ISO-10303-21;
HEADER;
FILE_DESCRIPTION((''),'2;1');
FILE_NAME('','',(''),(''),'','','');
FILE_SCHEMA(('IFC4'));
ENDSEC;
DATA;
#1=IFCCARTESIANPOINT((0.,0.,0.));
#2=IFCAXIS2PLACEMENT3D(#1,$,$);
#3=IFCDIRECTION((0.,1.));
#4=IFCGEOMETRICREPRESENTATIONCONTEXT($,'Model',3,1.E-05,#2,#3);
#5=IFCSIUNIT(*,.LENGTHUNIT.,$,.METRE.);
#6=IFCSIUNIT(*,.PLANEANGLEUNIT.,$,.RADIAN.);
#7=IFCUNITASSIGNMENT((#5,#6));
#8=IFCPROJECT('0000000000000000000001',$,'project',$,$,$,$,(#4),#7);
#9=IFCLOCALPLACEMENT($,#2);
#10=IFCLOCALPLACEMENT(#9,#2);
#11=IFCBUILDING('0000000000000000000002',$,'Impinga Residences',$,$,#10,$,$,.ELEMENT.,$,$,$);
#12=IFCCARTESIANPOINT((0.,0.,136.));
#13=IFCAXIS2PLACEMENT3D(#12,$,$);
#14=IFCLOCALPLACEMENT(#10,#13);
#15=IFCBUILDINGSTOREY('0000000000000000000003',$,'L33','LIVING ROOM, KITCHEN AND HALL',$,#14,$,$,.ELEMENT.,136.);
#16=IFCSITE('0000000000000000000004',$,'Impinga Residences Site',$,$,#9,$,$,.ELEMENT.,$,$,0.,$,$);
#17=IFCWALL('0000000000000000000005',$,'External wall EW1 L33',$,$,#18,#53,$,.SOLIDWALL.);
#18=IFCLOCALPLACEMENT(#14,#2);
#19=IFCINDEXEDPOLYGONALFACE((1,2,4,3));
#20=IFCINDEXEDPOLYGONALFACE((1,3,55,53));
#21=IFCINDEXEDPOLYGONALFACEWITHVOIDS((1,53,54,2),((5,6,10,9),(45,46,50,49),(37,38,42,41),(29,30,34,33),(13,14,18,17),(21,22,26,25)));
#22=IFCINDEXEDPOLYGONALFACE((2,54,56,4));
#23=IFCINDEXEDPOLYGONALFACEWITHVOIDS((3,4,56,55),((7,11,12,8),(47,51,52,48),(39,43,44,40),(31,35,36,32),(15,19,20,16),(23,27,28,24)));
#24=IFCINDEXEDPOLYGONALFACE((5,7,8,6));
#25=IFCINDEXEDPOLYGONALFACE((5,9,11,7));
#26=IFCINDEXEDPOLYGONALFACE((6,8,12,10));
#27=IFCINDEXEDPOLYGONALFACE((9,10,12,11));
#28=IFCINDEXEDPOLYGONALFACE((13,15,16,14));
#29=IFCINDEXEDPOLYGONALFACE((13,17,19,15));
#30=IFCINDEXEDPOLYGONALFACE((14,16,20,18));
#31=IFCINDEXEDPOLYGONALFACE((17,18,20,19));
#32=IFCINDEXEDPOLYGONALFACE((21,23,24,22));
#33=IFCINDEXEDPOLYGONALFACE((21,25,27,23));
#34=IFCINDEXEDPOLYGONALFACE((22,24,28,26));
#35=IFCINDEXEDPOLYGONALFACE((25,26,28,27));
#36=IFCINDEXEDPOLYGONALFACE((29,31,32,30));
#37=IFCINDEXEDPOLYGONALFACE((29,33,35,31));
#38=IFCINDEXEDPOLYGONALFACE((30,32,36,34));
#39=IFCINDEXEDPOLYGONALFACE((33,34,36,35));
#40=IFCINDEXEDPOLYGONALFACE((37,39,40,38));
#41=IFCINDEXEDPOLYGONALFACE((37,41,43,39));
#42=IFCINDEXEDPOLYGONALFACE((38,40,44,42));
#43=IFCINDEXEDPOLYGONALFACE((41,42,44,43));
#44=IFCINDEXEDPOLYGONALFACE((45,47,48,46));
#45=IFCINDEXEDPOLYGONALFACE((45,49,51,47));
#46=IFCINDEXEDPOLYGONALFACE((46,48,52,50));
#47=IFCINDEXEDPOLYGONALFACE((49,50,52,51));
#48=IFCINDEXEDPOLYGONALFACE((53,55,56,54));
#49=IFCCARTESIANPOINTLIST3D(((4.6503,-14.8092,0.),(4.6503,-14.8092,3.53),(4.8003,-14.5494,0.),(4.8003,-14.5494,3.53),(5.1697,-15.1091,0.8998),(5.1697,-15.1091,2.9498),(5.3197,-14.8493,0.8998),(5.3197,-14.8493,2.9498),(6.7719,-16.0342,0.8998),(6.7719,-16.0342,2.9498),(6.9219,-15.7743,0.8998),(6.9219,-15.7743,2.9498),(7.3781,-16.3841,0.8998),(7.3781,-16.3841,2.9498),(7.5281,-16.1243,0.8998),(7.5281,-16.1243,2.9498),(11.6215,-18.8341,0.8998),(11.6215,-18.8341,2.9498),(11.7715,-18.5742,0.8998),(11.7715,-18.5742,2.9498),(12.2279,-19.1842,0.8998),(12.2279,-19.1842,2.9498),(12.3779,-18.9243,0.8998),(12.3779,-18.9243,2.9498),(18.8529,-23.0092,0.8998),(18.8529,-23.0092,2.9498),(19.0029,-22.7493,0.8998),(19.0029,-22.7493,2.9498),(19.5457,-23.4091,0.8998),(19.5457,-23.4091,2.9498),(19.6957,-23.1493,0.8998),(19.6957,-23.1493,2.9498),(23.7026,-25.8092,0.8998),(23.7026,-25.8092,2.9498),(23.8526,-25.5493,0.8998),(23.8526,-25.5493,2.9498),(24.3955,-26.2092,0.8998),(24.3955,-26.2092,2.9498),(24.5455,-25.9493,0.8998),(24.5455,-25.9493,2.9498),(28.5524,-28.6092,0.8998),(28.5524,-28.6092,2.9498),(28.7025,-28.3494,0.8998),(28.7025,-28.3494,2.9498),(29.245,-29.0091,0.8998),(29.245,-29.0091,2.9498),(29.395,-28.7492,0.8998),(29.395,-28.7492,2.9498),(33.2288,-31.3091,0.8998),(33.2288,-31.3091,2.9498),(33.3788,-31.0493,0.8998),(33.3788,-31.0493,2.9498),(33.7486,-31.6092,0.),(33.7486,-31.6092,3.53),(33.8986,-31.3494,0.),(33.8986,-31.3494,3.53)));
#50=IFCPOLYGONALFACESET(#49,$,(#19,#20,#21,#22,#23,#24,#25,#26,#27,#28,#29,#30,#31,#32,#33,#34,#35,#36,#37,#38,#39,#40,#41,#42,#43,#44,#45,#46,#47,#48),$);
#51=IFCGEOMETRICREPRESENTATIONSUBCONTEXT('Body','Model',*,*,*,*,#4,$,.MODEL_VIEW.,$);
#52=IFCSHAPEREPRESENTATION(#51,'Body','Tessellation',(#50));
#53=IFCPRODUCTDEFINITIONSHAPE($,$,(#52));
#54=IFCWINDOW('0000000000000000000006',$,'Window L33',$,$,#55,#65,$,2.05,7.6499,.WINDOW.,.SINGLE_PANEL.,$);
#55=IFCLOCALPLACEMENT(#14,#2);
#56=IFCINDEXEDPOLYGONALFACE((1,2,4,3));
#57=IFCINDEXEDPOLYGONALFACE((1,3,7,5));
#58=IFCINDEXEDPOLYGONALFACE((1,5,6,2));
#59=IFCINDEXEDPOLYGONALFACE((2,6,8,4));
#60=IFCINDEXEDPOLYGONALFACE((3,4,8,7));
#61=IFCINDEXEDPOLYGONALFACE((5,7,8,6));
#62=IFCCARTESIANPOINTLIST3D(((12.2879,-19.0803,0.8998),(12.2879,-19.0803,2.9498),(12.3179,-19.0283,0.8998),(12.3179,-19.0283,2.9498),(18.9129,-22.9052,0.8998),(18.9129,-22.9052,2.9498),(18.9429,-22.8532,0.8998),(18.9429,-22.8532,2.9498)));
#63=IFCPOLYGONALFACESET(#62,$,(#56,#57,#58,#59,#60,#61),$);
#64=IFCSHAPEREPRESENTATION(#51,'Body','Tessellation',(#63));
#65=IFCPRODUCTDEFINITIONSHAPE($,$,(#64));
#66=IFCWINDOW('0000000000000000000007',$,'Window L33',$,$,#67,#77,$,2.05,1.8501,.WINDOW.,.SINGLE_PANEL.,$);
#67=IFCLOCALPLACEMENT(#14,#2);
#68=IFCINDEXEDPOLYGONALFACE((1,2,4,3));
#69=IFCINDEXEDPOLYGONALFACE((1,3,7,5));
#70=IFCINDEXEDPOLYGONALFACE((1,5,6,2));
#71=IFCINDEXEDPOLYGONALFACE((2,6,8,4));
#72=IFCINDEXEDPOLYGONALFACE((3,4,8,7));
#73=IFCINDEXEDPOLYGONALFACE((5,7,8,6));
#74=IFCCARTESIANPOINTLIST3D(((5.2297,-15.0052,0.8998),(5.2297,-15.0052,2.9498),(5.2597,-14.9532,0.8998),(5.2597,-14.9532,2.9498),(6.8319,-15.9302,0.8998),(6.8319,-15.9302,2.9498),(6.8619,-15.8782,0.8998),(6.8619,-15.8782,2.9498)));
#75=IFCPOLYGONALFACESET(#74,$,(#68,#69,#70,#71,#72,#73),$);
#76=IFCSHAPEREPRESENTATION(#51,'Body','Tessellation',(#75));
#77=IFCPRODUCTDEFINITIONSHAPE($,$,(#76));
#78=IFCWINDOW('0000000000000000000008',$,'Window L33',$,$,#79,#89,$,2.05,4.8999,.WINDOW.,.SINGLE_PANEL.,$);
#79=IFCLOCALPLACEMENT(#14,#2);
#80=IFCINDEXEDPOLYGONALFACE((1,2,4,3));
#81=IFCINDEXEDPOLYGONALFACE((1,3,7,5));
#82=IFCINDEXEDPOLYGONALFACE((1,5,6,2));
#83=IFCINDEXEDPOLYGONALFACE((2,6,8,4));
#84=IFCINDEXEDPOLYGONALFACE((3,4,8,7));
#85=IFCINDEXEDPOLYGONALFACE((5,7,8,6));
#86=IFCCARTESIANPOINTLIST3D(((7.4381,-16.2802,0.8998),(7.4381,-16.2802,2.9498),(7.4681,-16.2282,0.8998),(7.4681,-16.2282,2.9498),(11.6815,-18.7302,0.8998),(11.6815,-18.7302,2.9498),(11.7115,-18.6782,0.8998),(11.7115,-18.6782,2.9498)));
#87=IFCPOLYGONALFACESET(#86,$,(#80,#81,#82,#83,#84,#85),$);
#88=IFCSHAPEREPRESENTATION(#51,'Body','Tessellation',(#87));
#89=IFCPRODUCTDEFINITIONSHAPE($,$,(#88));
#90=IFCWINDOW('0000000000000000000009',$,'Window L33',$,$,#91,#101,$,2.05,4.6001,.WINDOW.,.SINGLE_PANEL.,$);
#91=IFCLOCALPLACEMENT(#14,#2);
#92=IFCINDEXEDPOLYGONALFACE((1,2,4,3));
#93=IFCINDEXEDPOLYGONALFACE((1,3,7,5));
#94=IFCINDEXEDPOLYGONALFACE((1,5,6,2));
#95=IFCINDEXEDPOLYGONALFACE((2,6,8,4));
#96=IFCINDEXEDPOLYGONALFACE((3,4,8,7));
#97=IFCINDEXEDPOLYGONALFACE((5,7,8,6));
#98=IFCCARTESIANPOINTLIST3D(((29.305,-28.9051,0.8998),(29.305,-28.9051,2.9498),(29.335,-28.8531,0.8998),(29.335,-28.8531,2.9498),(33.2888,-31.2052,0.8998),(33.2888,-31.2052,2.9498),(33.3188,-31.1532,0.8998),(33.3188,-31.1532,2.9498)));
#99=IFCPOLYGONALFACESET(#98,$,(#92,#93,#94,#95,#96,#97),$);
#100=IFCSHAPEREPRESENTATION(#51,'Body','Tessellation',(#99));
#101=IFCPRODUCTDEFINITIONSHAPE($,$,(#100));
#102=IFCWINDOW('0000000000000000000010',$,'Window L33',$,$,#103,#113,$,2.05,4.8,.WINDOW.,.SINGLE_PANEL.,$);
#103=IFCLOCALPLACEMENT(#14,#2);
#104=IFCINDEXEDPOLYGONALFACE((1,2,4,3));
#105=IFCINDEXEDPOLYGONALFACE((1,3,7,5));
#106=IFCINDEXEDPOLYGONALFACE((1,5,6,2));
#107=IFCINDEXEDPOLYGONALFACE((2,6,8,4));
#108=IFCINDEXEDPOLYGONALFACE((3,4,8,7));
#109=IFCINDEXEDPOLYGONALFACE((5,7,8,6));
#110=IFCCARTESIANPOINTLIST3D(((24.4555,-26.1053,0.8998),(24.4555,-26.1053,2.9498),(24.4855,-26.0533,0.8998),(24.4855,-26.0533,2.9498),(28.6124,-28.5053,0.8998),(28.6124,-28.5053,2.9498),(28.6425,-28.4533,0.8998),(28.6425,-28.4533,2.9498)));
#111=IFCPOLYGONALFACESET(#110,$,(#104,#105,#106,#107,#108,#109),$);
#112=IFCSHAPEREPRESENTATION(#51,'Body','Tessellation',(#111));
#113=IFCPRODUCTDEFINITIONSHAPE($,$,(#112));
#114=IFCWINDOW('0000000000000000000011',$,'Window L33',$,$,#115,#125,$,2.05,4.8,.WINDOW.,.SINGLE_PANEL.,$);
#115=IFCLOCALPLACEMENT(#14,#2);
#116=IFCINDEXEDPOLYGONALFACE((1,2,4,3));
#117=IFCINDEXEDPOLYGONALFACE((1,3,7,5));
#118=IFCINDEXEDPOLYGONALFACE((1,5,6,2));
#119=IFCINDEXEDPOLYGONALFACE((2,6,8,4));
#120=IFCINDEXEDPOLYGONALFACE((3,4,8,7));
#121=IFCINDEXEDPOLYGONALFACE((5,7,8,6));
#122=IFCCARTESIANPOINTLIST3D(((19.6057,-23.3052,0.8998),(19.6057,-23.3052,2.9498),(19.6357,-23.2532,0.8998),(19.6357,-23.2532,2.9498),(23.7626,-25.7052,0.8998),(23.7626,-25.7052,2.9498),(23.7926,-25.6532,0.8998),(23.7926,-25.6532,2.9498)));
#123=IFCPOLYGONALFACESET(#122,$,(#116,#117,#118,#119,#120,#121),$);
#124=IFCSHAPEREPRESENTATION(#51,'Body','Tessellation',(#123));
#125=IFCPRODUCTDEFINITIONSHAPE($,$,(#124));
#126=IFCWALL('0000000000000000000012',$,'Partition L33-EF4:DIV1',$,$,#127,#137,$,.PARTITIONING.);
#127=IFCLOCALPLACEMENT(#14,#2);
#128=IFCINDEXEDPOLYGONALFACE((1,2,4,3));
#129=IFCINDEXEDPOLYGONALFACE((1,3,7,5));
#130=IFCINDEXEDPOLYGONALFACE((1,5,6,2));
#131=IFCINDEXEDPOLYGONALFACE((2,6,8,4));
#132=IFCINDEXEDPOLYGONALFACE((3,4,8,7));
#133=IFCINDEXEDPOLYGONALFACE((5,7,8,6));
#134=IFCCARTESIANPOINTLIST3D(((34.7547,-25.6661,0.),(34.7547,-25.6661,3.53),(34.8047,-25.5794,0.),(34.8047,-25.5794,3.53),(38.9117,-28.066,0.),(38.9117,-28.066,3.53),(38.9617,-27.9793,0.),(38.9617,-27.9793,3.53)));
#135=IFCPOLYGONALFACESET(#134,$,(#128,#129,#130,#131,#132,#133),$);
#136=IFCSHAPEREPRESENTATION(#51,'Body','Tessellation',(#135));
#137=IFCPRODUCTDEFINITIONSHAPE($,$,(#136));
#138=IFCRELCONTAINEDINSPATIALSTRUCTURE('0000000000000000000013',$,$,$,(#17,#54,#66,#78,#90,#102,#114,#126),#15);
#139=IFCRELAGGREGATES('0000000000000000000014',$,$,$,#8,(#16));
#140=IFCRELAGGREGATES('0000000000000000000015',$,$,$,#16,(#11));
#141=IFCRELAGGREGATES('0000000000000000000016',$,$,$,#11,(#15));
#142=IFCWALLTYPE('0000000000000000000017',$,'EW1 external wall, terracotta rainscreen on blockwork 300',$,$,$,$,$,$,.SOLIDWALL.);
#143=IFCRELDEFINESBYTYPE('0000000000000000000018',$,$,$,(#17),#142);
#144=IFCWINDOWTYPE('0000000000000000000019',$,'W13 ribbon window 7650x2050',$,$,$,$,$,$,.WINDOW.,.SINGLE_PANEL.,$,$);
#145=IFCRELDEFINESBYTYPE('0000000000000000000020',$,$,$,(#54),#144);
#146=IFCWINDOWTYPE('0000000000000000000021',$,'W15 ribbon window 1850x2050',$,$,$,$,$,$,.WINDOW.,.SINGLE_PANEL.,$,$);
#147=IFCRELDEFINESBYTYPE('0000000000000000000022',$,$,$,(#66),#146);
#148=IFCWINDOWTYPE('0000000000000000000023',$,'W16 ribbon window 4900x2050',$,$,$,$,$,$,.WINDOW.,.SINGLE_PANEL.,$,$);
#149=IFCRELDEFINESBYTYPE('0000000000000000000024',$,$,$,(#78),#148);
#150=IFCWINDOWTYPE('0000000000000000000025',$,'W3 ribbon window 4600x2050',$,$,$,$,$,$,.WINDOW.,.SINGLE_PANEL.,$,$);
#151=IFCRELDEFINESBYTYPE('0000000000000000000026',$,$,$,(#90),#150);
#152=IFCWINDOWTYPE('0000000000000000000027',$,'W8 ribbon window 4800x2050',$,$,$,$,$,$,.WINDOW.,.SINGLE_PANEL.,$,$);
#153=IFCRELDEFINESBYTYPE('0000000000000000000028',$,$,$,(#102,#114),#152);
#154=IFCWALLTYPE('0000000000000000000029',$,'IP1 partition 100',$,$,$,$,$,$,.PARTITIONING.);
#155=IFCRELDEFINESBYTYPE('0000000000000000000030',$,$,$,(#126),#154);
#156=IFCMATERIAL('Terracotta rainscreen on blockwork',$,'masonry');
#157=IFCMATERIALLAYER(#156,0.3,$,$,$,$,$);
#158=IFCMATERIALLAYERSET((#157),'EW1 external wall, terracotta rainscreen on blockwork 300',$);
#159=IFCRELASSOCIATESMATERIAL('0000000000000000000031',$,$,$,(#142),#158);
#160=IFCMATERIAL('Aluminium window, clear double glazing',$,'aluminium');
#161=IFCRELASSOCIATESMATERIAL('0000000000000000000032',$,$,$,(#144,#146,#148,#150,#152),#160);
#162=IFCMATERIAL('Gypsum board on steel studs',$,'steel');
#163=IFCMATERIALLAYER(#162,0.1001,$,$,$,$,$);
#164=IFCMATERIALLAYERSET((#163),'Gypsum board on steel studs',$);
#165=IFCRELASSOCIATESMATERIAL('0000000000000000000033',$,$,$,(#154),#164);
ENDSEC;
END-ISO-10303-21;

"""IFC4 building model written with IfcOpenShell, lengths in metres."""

from ifc_helpers import new_model, si_unit, direction, frame, frame_2d, origin, place, context, subcontext, project, spatial, rectangle, extrude, material, layer, layer_set, type_object, element, fill, save


model = new_model("IFC4")

# Units and contexts
model_context = context("Model", 3, precision=1e-05, world=origin(), true_north=direction((0.0, 1.0)))
body_context = subcontext(model_context, "Body", "Model", "MODEL_VIEW")
ifc_project = project(units=[si_unit("LENGTHUNIT", "METRE"), si_unit("PLANEANGLEUNIT", "RADIAN")], contexts=[model_context])

# Site, building, storey
site_placement = place(None, origin())
site = spatial("IfcSite", under=ifc_project, at=site_placement, Name="Impinga Residences Site", CompositionType="ELEMENT", RefElevation=0.0)
building_placement = place(site_placement, origin())
building = spatial("IfcBuilding", under=site, at=building_placement, Name="Impinga Residences", CompositionType="ELEMENT")
storey_placement = place(building_placement, frame((0.0, 0.0, 136.0)))
storey = spatial("IfcBuildingStorey", under=building, at=storey_placement, Name="L33", Description="LIVING ROOM, KITCHEN AND HALL", CompositionType="ELEMENT", Elevation=136.0)

# Shared definitions
ifc_material_1 = material(Name="Terracotta rainscreen on blockwork", Category="masonry")
ifc_layer_1 = layer(ifc_material_1, 0.3)
ifc_layer_set_1 = layer_set([ifc_layer_1], Name="EW1 external wall, terracotta rainscreen on blockwork 300")
wall_type_1 = type_object("IfcWallType", Name="EW1 external wall, terracotta rainscreen on blockwork 300", PredefinedType="SOLIDWALL", material=ifc_layer_set_1)

# Wall, openings, windows
wall_1_placement = place(storey_placement, frame((33.8235, -31.4792, 0.0), z_axis=(0.0, 0.0, 1.0), x_axis=(-0.866024, 0.500002, 0.0)))
wall_1 = element("IfcWall", 1, at=wall_1_placement, inside=storey, type_object=wall_type_1, Name="External wall EW1 L33", PredefinedType="SOLIDWALL", context=body_context, shape_type="SweptSolid", body=[
    extrude(rectangle(XDim=33.5999, YDim=0.3, at=frame_2d((16.7998, 0.0))), origin(), (0.0, 0.0, 1.0), 3.53),
])
opening_1_placement = place(wall_1_placement, frame((0.6001, 0.0, 0.8999)))
opening_1 = element("IfcOpeningElement", 2, at=opening_1_placement, cuts=wall_1, PredefinedType="OPENING", context=body_context, shape_type="SweptSolid", body=[
    extrude(rectangle(XDim=4.6001, YDim=2.05, at=frame_2d((2.3, 1.0249))), frame((0.0, 0.1599, 0.0), z_axis=(0.0, -1.0, 0.0), x_axis=(1.0, 0.0, 0.0)), (0.0, 0.0, 1.0), 0.3201),
])
opening_2_placement = place(wall_1_placement, frame((6.0, 0.0, 0.8999)))
opening_2 = element("IfcOpeningElement", 3, at=opening_2_placement, cuts=wall_1, PredefinedType="OPENING", context=body_context, shape_type="SweptSolid", body=[
    extrude(rectangle(XDim=4.8, YDim=2.05, at=frame_2d((2.3999, 1.0249))), frame((0.0, 0.1599, 0.0), z_axis=(0.0, -1.0, 0.0), x_axis=(1.0, 0.0, 0.0)), (0.0, 0.0, 1.0), 0.3201),
])
opening_3_placement = place(wall_1_placement, frame((11.6001, 0.0, 0.8999)))
opening_3 = element("IfcOpeningElement", 4, at=opening_3_placement, cuts=wall_1, PredefinedType="OPENING", context=body_context, shape_type="SweptSolid", body=[
    extrude(rectangle(XDim=4.8, YDim=2.05, at=frame_2d((2.3999, 1.0249))), frame((0.0, 0.1599, 0.0), z_axis=(0.0, -1.0, 0.0), x_axis=(1.0, 0.0, 0.0)), (0.0, 0.0, 1.0), 0.3201),
])
opening_4_placement = place(wall_1_placement, frame((17.2, 0.0, 0.8999)))
opening_4 = element("IfcOpeningElement", 5, at=opening_4_placement, cuts=wall_1, PredefinedType="OPENING", context=body_context, shape_type="SweptSolid", body=[
    extrude(rectangle(XDim=7.6499, YDim=2.05, at=frame_2d((3.825, 1.0249))), frame((0.0, 0.1599, 0.0), z_axis=(0.0, -1.0, 0.0), x_axis=(1.0, 0.0, 0.0)), (0.0, 0.0, 1.0), 0.3201),
])
opening_5_placement = place(wall_1_placement, frame((25.55, 0.0, 0.8999)))
opening_5 = element("IfcOpeningElement", 6, at=opening_5_placement, cuts=wall_1, PredefinedType="OPENING", context=body_context, shape_type="SweptSolid", body=[
    extrude(rectangle(XDim=4.8999, YDim=2.05, at=frame_2d((2.45, 1.0249))), frame((0.0, 0.1599, 0.0), z_axis=(0.0, -1.0, 0.0), x_axis=(1.0, 0.0, 0.0)), (0.0, 0.0, 1.0), 0.3201),
])
opening_6_placement = place(wall_1_placement, frame((31.1499, 0.0, 0.8999)))
opening_6 = element("IfcOpeningElement", 7, at=opening_6_placement, cuts=wall_1, PredefinedType="OPENING", context=body_context, shape_type="SweptSolid", body=[
    extrude(rectangle(XDim=1.8501, YDim=2.05, at=frame_2d((0.925, 1.0249))), frame((0.0, 0.1599, 0.0), z_axis=(0.0, -1.0, 0.0), x_axis=(1.0, 0.0, 0.0)), (0.0, 0.0, 1.0), 0.3201),
])
ifc_material_2 = material(Name="Aluminium window, clear double glazing", Category="aluminium")
window_type_1 = type_object("IfcWindowType", Name="W13 ribbon window 7650x2050", PartitioningType="SINGLE_PANEL", PredefinedType="WINDOW", material=ifc_material_2)
window_1_placement = place(opening_4_placement, origin())
window_1 = element("IfcWindow", 8, at=window_1_placement, inside=storey, type_object=window_type_1, Name="Window L33", OverallHeight=2.05, OverallWidth=7.6499, PartitioningType="SINGLE_PANEL", PredefinedType="WINDOW", context=body_context, shape_type="SweptSolid", body=[
    extrude(rectangle(XDim=7.6499, YDim=2.05, at=frame_2d((3.825, 1.0249))), frame((0.0, 0.03, 0.0), z_axis=(0.0, -1.0, 0.0), x_axis=(1.0, 0.0, 0.0)), (0.0, 0.0, 1.0), 0.0601),
])
fill(opening_4, window_1)
window_type_2 = type_object("IfcWindowType", Name="W15 ribbon window 1850x2050", PartitioningType="SINGLE_PANEL", PredefinedType="WINDOW", material=ifc_material_2)
window_2_placement = place(opening_6_placement, origin())
window_2 = element("IfcWindow", 9, at=window_2_placement, inside=storey, type_object=window_type_2, Name="Window L33", OverallHeight=2.05, OverallWidth=1.8501, PartitioningType="SINGLE_PANEL", PredefinedType="WINDOW", context=body_context, shape_type="SweptSolid", body=[
    extrude(rectangle(XDim=1.8501, YDim=2.05, at=frame_2d((0.925, 1.0249))), frame((0.0, 0.03, 0.0), z_axis=(0.0, -1.0, 0.0), x_axis=(1.0, 0.0, 0.0)), (0.0, 0.0, 1.0), 0.0601),
])
fill(opening_6, window_2)
window_type_3 = type_object("IfcWindowType", Name="W16 ribbon window 4900x2050", PartitioningType="SINGLE_PANEL", PredefinedType="WINDOW", material=ifc_material_2)
window_3_placement = place(opening_5_placement, origin())
window_3 = element("IfcWindow", 10, at=window_3_placement, inside=storey, type_object=window_type_3, Name="Window L33", OverallHeight=2.05, OverallWidth=4.8999, PartitioningType="SINGLE_PANEL", PredefinedType="WINDOW", context=body_context, shape_type="SweptSolid", body=[
    extrude(rectangle(XDim=4.8999, YDim=2.05, at=frame_2d((2.45, 1.0249))), frame((0.0, 0.03, 0.0), z_axis=(0.0, -1.0, 0.0), x_axis=(1.0, 0.0, 0.0)), (0.0, 0.0, 1.0), 0.0601),
])
fill(opening_5, window_3)
window_type_4 = type_object("IfcWindowType", Name="W3 ribbon window 4600x2050", PartitioningType="SINGLE_PANEL", PredefinedType="WINDOW", material=ifc_material_2)
window_4_placement = place(opening_1_placement, origin())
window_4 = element("IfcWindow", 11, at=window_4_placement, inside=storey, type_object=window_type_4, Name="Window L33", OverallHeight=2.05, OverallWidth=4.6001, PartitioningType="SINGLE_PANEL", PredefinedType="WINDOW", context=body_context, shape_type="SweptSolid", body=[
    extrude(rectangle(XDim=4.6001, YDim=2.05, at=frame_2d((2.3, 1.0249))), frame((0.0, 0.03, 0.0), z_axis=(0.0, -1.0, 0.0), x_axis=(1.0, 0.0, 0.0)), (0.0, 0.0, 1.0), 0.0601),
])
fill(opening_1, window_4)
window_type_5 = type_object("IfcWindowType", Name="W8 ribbon window 4800x2050", PartitioningType="SINGLE_PANEL", PredefinedType="WINDOW", material=ifc_material_2)
window_5_placement = place(opening_2_placement, origin())
window_5 = element("IfcWindow", 12, at=window_5_placement, inside=storey, type_object=window_type_5, Name="Window L33", OverallHeight=2.05, OverallWidth=4.8, PartitioningType="SINGLE_PANEL", PredefinedType="WINDOW", context=body_context, shape_type="SweptSolid", body=[
    extrude(rectangle(XDim=4.8, YDim=2.05, at=frame_2d((2.3999, 1.0249))), frame((0.0, 0.03, 0.0), z_axis=(0.0, -1.0, 0.0), x_axis=(1.0, 0.0, 0.0)), (0.0, 0.0, 1.0), 0.0601),
])
fill(opening_2, window_5)
window_6_placement = place(opening_3_placement, origin())
window_6 = element("IfcWindow", 13, at=window_6_placement, inside=storey, type_object=window_type_5, Name="Window L33", OverallHeight=2.05, OverallWidth=4.8, PartitioningType="SINGLE_PANEL", PredefinedType="WINDOW", context=body_context, shape_type="SweptSolid", body=[
    extrude(rectangle(XDim=4.8, YDim=2.05, at=frame_2d((2.3999, 1.0249))), frame((0.0, 0.03, 0.0), z_axis=(0.0, -1.0, 0.0), x_axis=(1.0, 0.0, 0.0)), (0.0, 0.0, 1.0), 0.0601),
])
fill(opening_3, window_6)

# Wall
ifc_material_3 = material(Name="Gypsum board on steel studs", Category="steel")
ifc_layer_2 = layer(ifc_material_3, 0.1001)
ifc_layer_set_2 = layer_set([ifc_layer_2], Name="Gypsum board on steel studs")
wall_type_2 = type_object("IfcWallType", Name="IP1 partition 100", PredefinedType="PARTITIONING", material=ifc_layer_set_2)
wall_2_placement = place(storey_placement, frame((34.7798, -25.6228, 0.0), z_axis=(0.0, 0.0, 1.0), x_axis=(0.866037, -0.499979, 0.0)))
element("IfcWall", 14, at=wall_2_placement, inside=storey, type_object=wall_type_2, Name="Partition L33-EF4:DIV1", PredefinedType="PARTITIONING", context=body_context, shape_type="SweptSolid", body=[
    extrude(rectangle(XDim=4.8, YDim=0.1001, at=frame_2d((2.3999, 0.0))), origin(), (0.0, 0.0, 1.0), 3.53),
])

save(model, "model.ifc")
